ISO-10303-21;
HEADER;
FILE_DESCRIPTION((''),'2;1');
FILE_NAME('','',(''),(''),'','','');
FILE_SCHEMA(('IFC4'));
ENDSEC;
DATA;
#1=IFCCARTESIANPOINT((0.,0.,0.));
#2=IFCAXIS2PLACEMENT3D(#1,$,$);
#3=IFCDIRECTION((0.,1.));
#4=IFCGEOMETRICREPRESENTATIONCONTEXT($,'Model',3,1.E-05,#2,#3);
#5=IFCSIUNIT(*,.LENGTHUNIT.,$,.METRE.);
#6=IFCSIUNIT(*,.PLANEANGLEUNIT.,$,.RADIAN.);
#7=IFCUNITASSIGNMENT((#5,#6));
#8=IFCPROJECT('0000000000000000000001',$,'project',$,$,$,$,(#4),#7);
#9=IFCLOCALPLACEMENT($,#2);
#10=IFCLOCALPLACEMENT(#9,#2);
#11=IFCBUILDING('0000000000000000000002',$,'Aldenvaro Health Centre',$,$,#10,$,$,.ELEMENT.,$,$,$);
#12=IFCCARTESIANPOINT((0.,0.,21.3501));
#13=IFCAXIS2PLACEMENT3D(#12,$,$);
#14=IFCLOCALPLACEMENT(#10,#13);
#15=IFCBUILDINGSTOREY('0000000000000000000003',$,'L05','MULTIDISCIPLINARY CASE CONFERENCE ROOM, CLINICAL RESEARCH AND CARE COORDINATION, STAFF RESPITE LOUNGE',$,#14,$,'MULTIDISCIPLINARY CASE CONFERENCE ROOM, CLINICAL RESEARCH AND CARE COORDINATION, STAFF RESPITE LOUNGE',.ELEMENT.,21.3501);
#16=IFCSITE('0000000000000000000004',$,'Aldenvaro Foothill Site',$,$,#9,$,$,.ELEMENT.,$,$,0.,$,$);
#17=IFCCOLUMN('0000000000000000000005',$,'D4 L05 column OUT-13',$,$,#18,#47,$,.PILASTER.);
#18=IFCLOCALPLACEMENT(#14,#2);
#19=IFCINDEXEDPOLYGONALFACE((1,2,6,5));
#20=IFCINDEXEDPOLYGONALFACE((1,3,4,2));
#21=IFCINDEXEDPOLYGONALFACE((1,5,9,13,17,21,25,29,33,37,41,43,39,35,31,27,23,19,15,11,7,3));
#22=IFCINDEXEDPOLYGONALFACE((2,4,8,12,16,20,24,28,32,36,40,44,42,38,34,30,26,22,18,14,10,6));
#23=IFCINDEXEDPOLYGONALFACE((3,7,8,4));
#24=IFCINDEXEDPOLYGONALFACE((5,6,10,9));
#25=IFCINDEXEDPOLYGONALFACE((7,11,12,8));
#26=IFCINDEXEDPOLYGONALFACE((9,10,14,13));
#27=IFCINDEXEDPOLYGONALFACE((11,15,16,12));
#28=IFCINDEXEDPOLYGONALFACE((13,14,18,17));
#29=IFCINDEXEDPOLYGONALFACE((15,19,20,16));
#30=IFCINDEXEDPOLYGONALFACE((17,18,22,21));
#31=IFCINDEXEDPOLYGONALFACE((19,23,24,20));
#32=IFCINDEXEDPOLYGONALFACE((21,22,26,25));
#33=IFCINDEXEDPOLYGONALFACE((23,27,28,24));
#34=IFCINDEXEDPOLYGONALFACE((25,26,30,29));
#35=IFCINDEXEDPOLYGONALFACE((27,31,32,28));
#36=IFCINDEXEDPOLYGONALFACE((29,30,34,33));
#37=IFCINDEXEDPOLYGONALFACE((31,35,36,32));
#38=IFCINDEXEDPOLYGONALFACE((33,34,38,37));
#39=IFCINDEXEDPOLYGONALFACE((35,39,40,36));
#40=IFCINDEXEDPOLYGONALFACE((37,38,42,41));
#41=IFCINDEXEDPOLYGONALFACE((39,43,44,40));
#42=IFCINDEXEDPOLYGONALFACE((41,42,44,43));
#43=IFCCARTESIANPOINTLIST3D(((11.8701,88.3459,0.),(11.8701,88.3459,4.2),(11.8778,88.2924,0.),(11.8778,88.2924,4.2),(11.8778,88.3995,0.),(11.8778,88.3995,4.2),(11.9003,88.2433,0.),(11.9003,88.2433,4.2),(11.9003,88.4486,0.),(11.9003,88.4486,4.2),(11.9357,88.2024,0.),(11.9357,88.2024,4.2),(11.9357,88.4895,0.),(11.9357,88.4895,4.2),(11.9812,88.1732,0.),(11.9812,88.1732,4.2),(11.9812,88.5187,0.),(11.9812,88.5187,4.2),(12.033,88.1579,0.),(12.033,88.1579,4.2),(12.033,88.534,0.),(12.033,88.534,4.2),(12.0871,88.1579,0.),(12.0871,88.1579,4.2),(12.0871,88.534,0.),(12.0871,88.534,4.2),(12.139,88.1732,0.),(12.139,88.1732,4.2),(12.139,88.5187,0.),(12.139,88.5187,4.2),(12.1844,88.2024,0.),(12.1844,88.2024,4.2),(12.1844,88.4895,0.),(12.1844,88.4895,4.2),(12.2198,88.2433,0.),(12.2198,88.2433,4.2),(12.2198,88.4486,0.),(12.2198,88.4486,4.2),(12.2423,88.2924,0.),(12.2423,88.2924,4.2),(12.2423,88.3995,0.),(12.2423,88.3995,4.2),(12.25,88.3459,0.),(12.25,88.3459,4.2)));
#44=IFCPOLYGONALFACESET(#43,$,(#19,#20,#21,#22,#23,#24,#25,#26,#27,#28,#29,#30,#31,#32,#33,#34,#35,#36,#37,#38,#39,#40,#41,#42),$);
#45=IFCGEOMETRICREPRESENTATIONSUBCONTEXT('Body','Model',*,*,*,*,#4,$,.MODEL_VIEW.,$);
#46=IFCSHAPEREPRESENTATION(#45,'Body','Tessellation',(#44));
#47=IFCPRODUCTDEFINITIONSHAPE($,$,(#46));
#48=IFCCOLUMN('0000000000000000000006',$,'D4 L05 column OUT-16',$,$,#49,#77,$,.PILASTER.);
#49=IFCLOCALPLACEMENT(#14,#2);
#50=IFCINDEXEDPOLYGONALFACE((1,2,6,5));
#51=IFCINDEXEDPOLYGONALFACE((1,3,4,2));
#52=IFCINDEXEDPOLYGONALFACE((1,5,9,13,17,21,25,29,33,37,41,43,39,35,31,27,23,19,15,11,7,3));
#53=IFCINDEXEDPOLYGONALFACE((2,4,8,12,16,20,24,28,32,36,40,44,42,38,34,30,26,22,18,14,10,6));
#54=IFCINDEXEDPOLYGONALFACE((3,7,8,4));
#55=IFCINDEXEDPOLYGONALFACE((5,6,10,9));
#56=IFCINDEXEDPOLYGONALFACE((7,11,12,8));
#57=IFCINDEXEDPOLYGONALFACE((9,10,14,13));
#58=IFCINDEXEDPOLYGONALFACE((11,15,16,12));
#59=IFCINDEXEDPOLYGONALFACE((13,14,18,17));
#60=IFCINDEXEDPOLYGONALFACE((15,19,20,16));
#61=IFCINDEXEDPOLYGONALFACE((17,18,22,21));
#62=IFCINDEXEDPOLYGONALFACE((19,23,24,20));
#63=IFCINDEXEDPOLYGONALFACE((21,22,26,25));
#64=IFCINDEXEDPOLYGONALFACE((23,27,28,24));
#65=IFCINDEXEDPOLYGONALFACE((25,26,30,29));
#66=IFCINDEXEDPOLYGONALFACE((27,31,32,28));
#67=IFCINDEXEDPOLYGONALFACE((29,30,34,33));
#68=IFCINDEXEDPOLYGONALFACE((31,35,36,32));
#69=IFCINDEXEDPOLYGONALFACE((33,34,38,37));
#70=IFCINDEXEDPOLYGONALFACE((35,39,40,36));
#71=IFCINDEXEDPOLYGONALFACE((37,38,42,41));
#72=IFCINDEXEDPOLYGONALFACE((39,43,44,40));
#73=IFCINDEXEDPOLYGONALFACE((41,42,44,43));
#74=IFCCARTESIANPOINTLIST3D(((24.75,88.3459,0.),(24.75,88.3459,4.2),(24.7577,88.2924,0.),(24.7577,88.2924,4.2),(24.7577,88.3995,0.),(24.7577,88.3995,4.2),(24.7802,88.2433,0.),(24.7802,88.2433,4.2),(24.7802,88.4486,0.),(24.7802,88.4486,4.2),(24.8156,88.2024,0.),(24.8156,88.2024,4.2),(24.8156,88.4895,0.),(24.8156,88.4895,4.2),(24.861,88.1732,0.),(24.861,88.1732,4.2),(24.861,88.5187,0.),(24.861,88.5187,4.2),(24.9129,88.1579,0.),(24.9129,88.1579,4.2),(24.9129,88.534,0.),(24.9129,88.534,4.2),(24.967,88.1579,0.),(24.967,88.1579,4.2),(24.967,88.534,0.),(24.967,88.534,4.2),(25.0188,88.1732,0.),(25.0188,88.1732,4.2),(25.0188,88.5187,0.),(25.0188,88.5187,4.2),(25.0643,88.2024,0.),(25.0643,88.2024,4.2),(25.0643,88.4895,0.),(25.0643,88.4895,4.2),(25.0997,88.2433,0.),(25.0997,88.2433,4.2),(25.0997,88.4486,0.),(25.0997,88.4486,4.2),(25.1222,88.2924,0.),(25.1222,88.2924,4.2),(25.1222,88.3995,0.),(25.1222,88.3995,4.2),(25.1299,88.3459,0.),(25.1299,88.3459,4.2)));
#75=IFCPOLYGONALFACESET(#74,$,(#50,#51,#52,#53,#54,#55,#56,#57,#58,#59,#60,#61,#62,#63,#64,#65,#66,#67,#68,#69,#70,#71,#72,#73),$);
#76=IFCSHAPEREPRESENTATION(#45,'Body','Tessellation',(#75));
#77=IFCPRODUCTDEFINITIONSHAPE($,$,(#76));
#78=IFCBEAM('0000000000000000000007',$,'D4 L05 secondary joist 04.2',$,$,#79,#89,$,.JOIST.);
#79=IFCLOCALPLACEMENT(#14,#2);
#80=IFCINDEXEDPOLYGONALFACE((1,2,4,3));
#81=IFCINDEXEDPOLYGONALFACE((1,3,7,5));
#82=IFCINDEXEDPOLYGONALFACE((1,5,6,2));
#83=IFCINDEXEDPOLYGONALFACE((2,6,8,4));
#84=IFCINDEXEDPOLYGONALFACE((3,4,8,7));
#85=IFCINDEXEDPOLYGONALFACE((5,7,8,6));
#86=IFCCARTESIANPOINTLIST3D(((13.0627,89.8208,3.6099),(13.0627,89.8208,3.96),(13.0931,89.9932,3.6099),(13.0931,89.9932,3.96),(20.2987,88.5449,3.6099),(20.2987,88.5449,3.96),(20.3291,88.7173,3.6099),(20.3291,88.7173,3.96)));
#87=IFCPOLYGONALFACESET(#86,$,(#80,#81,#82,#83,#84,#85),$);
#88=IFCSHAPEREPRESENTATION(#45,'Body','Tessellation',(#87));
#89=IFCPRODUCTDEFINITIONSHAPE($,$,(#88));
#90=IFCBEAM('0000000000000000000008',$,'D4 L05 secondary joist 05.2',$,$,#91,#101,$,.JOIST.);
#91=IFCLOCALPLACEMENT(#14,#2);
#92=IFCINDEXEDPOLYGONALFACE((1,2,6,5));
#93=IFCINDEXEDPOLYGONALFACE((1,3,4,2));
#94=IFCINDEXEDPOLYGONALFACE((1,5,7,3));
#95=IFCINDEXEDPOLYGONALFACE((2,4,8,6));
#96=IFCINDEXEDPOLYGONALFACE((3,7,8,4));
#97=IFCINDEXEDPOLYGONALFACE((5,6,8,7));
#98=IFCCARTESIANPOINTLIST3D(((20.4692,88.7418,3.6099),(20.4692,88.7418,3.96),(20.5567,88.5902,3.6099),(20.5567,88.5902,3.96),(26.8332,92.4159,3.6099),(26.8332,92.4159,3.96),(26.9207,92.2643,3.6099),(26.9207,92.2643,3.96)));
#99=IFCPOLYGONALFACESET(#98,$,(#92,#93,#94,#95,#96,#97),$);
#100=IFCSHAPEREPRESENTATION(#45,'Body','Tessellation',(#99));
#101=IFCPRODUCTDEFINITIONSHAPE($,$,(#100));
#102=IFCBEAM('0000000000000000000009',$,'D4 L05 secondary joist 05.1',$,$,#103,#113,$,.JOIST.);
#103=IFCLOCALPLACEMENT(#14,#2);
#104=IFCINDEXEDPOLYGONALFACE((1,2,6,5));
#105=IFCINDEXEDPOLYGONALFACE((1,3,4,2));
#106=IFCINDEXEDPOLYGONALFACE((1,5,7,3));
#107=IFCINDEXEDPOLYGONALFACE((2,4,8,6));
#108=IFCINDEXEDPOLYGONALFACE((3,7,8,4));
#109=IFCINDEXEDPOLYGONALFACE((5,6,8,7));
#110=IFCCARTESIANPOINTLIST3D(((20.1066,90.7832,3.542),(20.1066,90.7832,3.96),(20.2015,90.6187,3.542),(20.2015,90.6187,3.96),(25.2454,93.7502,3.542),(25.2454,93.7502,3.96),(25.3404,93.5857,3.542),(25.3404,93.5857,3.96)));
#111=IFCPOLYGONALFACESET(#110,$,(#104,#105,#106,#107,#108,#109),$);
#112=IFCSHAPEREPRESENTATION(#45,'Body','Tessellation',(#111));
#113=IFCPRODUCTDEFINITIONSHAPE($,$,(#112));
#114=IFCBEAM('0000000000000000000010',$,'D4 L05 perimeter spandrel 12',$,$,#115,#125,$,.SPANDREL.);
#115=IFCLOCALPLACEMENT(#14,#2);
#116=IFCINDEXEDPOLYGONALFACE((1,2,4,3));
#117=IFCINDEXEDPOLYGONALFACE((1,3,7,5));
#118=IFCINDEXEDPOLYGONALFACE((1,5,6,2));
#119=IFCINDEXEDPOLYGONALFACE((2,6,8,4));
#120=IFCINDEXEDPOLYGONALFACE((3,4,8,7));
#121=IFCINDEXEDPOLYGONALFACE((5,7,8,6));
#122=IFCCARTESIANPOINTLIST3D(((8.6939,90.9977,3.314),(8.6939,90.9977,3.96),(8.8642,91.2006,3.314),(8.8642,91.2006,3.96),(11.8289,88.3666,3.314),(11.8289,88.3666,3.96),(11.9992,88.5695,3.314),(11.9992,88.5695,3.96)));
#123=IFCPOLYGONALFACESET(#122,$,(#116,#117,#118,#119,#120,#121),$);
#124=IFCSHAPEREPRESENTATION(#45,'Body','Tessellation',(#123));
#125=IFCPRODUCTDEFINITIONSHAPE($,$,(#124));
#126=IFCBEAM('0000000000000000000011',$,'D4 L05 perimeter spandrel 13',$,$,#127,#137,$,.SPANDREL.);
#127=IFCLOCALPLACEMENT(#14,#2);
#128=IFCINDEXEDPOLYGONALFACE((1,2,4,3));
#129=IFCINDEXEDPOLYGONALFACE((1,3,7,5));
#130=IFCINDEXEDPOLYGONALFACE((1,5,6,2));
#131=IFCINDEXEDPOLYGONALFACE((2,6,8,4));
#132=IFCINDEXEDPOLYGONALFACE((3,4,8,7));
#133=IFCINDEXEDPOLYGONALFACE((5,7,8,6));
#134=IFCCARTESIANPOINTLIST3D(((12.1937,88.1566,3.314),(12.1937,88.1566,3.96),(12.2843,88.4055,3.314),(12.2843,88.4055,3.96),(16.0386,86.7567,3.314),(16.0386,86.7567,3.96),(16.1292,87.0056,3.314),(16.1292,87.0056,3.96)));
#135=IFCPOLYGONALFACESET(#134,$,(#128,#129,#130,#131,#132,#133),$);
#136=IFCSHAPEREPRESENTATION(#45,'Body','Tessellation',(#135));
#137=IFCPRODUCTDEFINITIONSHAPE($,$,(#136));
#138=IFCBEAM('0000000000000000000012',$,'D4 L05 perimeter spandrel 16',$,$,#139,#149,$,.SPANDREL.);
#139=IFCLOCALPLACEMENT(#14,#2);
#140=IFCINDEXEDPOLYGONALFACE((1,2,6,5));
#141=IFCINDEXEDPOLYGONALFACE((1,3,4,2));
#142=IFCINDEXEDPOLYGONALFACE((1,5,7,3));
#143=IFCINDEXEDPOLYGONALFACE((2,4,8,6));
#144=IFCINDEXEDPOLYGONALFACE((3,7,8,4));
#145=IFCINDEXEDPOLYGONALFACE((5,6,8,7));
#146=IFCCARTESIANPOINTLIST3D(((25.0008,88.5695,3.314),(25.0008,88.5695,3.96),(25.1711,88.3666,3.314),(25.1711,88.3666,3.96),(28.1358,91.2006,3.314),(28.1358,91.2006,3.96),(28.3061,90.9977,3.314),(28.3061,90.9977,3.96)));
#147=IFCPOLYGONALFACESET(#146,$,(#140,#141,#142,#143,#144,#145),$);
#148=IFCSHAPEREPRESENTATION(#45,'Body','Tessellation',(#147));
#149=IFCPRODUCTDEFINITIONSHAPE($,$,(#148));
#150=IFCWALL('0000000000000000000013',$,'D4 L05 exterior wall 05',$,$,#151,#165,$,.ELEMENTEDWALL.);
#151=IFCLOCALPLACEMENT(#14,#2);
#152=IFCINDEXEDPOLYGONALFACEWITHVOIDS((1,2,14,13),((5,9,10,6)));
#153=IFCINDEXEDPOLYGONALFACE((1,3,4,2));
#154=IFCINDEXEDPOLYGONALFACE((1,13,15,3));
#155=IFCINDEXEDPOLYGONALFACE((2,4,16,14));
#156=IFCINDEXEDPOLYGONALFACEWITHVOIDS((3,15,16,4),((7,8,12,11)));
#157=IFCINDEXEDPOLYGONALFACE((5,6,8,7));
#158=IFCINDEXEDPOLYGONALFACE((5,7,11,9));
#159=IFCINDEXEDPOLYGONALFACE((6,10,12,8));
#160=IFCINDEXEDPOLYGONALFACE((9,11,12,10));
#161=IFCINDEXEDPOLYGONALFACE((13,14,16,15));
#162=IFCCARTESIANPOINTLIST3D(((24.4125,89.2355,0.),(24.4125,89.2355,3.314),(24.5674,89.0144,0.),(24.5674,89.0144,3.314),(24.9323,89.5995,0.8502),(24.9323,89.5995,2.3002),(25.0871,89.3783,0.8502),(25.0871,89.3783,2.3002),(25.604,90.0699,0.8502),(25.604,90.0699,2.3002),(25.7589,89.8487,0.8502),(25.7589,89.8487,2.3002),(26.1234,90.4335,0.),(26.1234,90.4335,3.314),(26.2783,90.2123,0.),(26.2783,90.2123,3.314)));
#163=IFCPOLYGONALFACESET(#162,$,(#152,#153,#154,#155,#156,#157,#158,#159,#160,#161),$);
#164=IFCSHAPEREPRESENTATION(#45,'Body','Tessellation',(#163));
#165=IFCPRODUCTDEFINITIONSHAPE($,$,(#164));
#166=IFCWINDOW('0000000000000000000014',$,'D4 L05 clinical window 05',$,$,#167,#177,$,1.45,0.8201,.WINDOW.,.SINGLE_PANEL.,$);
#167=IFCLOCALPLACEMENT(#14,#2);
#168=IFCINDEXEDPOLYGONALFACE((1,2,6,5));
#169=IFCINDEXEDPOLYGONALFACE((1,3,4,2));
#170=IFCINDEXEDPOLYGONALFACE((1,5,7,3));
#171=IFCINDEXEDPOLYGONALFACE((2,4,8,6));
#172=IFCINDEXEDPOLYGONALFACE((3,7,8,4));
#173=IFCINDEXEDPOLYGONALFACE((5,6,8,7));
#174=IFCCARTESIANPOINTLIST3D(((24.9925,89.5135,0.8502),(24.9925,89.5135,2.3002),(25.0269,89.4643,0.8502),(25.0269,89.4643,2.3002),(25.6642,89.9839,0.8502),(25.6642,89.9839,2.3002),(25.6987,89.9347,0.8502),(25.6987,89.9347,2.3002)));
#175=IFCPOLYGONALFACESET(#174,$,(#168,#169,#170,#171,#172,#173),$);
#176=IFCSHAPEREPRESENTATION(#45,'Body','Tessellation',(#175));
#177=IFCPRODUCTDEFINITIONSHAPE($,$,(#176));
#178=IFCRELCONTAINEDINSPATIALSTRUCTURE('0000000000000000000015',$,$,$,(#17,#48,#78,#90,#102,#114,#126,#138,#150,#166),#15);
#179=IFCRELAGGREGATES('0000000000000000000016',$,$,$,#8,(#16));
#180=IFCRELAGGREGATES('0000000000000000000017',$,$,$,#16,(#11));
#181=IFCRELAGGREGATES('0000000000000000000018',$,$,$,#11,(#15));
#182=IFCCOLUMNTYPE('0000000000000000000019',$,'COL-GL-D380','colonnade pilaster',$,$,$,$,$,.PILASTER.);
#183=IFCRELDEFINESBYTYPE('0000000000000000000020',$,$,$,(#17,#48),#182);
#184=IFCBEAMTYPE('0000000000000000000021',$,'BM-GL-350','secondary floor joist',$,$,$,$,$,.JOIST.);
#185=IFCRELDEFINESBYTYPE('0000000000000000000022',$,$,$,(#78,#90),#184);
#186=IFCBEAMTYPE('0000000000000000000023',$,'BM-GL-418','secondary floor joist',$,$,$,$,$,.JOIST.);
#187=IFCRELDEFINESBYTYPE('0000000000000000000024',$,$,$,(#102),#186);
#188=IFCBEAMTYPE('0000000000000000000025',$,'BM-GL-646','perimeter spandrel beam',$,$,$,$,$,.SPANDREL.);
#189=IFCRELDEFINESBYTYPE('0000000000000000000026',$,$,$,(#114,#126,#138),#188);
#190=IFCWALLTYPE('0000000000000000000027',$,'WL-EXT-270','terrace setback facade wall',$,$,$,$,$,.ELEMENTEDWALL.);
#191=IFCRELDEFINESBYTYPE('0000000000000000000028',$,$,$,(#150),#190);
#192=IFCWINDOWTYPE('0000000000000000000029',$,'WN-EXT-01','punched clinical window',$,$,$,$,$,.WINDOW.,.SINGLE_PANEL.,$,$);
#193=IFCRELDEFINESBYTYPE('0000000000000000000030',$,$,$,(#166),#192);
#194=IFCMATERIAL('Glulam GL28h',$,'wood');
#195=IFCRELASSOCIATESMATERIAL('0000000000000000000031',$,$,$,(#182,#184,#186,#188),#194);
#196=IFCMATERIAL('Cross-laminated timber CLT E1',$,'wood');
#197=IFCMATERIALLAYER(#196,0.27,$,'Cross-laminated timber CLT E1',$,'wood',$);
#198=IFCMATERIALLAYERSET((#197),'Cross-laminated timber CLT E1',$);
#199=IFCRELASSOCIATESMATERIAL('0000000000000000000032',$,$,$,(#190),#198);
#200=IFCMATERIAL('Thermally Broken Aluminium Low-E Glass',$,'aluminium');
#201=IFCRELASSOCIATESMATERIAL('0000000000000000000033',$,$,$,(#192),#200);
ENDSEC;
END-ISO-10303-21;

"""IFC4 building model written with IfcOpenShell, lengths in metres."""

from ifc_helpers import new_model, si_unit, direction, frame, frame_2d, origin, origin_2d, place, context, subcontext, project, spatial, rectangle, circle, extrude, material, layer, layer_set, material_profile, profile_set, type_object, element, fill, save


model = new_model("IFC4")

# Units and contexts
model_context = context("Model", 3, precision=1e-05, world=origin(), true_north=direction((0.0, 1.0)))
body_context = subcontext(model_context, "Body", "Model", "MODEL_VIEW")
ifc_project = project(units=[si_unit("LENGTHUNIT", "METRE"), si_unit("PLANEANGLEUNIT", "RADIAN")], contexts=[model_context])

# Site, building, storey
site_placement = place(None, origin())
site = spatial("IfcSite", under=ifc_project, at=site_placement, Name="Aldenvaro Foothill Site", CompositionType="ELEMENT", RefElevation=0.0)
building_placement = place(site_placement, origin())
building = spatial("IfcBuilding", under=site, at=building_placement, Name="Aldenvaro Health Centre", CompositionType="ELEMENT")
storey_placement = place(building_placement, frame((0.0, 0.0, 21.3501)))
storey = spatial("IfcBuildingStorey", under=building, at=storey_placement, Name="L05", Description="MULTIDISCIPLINARY CASE CONFERENCE ROOM, CLINICAL RESEARCH AND CARE COORDINATION, STAFF RESPITE LOUNGE", LongName="MULTIDISCIPLINARY CASE CONFERENCE ROOM, CLINICAL RESEARCH AND CARE COORDINATION, STAFF RESPITE LOUNGE", CompositionType="ELEMENT", Elevation=21.3501)

# Columns
ifc_material_1 = material(Name="Glulam GL28h", Category="wood")
ifc_material_profile_1 = material_profile(ifc_material_1, circle(Radius=0.1899, at=origin_2d()), Name="GL D380", Category="wood")
ifc_profile_set_1 = profile_set([ifc_material_profile_1], Name="Glulam GL28h")
column_type = type_object("IfcColumnType", Name="COL-GL-D380", Description="colonnade pilaster", PredefinedType="PILASTER", material=ifc_profile_set_1)
for number, where, z_axis, x_axis, name in (
    (1, (12.0601, 88.3459, 0.0), (0.0, 0.0, 1.0), (1.0, 0.0, 0.0), "D4 L05 column OUT-13"),
    (2, (24.9399, 88.3459, 0.0), (0.0, 0.0, 1.0), (1.0, 0.0, 0.0), "D4 L05 column OUT-16"),
):
    element("IfcColumn", number, at=place(storey_placement, frame(where, z_axis=z_axis, x_axis=x_axis)), inside=storey, type_object=column_type, Name=name, PredefinedType="PILASTER", context=body_context, shape_type="SweptSolid", body=[
        extrude(circle(Radius=0.1899, at=origin_2d()), origin(), (0.0, 0.0, 1.0), 4.2),
    ])

# Beams
ifc_material_profile_2 = material_profile(ifc_material_1, rectangle(XDim=0.175, YDim=0.3501, at=origin_2d()), Name="GL 175x350", Category="wood")
ifc_profile_set_2 = profile_set([ifc_material_profile_2], Name="Glulam GL28h")
beam_type_1 = type_object("IfcBeamType", Name="BM-GL-350", Description="secondary floor joist", PredefinedType="JOIST", material=ifc_profile_set_2)
beam_1_placement = place(storey_placement, frame((13.0779, 89.907, 3.7849), z_axis=(0.984809, -0.173643, 0.0), x_axis=(0.173643, 0.984809, 0.0)))
element("IfcBeam", 3, at=beam_1_placement, inside=storey, type_object=beam_type_1, Name="D4 L05 secondary joist 04.2", PredefinedType="JOIST", context=body_context, shape_type="SweptSolid", body=[
    extrude(rectangle(XDim=0.175, YDim=0.3501, at=origin_2d()), origin(), (0.0, 0.0, 1.0), 7.3477),
])
beam_2_placement = place(storey_placement, frame((20.5129, 88.666, 3.7849), z_axis=(0.866037, 0.49998, 0.0), x_axis=(-0.49998, 0.866037, 0.0)))
element("IfcBeam", 4, at=beam_2_placement, inside=storey, type_object=beam_type_1, Name="D4 L05 secondary joist 05.2", PredefinedType="JOIST", context=body_context, shape_type="SweptSolid", body=[
    extrude(rectangle(XDim=0.175, YDim=0.3501, at=origin_2d()), origin(), (0.0, 0.0, 1.0), 7.3484),
])
ifc_material_profile_3 = material_profile(ifc_material_1, rectangle(XDim=0.1899, YDim=0.418, at=origin_2d()), Name="GL 190x418", Category="wood")
ifc_profile_set_3 = profile_set([ifc_material_profile_3], Name="Glulam GL28h")
beam_type_2 = type_object("IfcBeamType", Name="BM-GL-418", Description="secondary floor joist", PredefinedType="JOIST", material=ifc_profile_set_3)
beam_3_placement = place(storey_placement, frame((20.1541, 90.7009, 3.751), z_axis=(0.866019, 0.500011, 0.0), x_axis=(-0.500011, 0.866019, 0.0)))
element("IfcBeam", 5, at=beam_3_placement, inside=storey, type_object=beam_type_2, Name="D4 L05 secondary joist 05.1", PredefinedType="JOIST", context=body_context, shape_type="SweptSolid", body=[
    extrude(rectangle(XDim=0.1899, YDim=0.418, at=origin_2d()), origin(), (0.0, 0.0, 1.0), 5.9338),
])
ifc_material_profile_4 = material_profile(ifc_material_1, rectangle(XDim=0.2649, YDim=0.646, at=origin_2d()), Name="GL 265x646", Category="wood")
ifc_profile_set_4 = profile_set([ifc_material_profile_4], Name="Glulam GL28h")
beam_type_3 = type_object("IfcBeamType", Name="BM-GL-646", Description="perimeter spandrel beam", PredefinedType="SPANDREL", material=ifc_profile_set_4)
beam_4_placement = place(storey_placement, frame((8.7791, 91.0991, 3.637), z_axis=(0.765982, -0.642862, 0.0), x_axis=(0.642862, 0.765982, 0.0)))
element("IfcBeam", 6, at=beam_4_placement, inside=storey, type_object=beam_type_3, Name="D4 L05 perimeter spandrel 12", PredefinedType="SPANDREL", context=body_context, shape_type="SweptSolid", body=[
    extrude(rectangle(XDim=0.2649, YDim=0.646, at=origin_2d()), origin(), (0.0, 0.0, 1.0), 4.0928),
])
beam_5_placement = place(storey_placement, frame((12.239, 88.281, 3.637), z_axis=(0.939657, -0.342117, 0.0), x_axis=(0.342117, 0.939657, 0.0)))
element("IfcBeam", 7, at=beam_5_placement, inside=storey, type_object=beam_type_3, Name="D4 L05 perimeter spandrel 13", PredefinedType="SPANDREL", context=body_context, shape_type="SweptSolid", body=[
    extrude(rectangle(XDim=0.2649, YDim=0.646, at=origin_2d()), origin(), (0.0, 0.0, 1.0), 4.0918),
])
beam_6_placement = place(storey_placement, frame((25.0859, 88.468, 3.637), z_axis=(0.765982, 0.642862, 0.0), x_axis=(-0.642862, 0.765982, 0.0)))
element("IfcBeam", 8, at=beam_6_placement, inside=storey, type_object=beam_type_3, Name="D4 L05 perimeter spandrel 16", PredefinedType="SPANDREL", context=body_context, shape_type="SweptSolid", body=[
    extrude(rectangle(XDim=0.2649, YDim=0.646, at=origin_2d()), origin(), (0.0, 0.0, 1.0), 4.0928),
])

# Wall, opening, window
ifc_material_2 = material(Name="Cross-laminated timber CLT E1", Category="wood")
ifc_layer = layer(ifc_material_2, 0.27, Name="Cross-laminated timber CLT E1", Category="wood")
ifc_layer_set = layer_set([ifc_layer], Name="Cross-laminated timber CLT E1")
wall_type = type_object("IfcWallType", Name="WL-EXT-270", Description="terrace setback facade wall", PredefinedType="ELEMENTEDWALL", material=ifc_layer_set)
wall_1_placement = place(storey_placement, frame((26.2009, 90.323, 0.0), z_axis=(0.0, 0.0, 1.0), x_axis=(-0.819155, -0.573572, 0.0)))
wall_1 = element("IfcWall", 9, at=wall_1_placement, inside=storey, type_object=wall_type, Name="D4 L05 exterior wall 05", PredefinedType="ELEMENTEDWALL", context=body_context, shape_type="SweptSolid", body=[
    extrude(rectangle(XDim=2.0886, YDim=0.27, at=frame_2d((1.0444, 0.0))), origin(), (0.0, 0.0, 1.0), 3.314),
])
opening_1_placement = place(wall_1_placement, frame((0.634, 0.0, 0.8501)))
opening_1 = element("IfcOpeningElement", 10, at=opening_1_placement, cuts=wall_1, PredefinedType="OPENING", context=body_context, shape_type="SweptSolid", body=[
    extrude(rectangle(XDim=0.8201, YDim=1.45, at=frame_2d((0.4102, 0.7251))), frame((0.0, 0.145, 0.0), z_axis=(0.0, -1.0, 0.0), x_axis=(1.0, 0.0, 0.0)), (0.0, 0.0, 1.0), 0.29),
])
ifc_material_3 = material(Name="Thermally Broken Aluminium Low-E Glass", Category="aluminium")
window_type_1 = type_object("IfcWindowType", Name="WN-EXT-01", Description="punched clinical window", PartitioningType="SINGLE_PANEL", PredefinedType="WINDOW", material=ifc_material_3)
window_1_placement = place(opening_1_placement, origin())
window_1 = element("IfcWindow", 11, at=window_1_placement, inside=storey, type_object=window_type_1, Name="D4 L05 clinical window 05", OverallHeight=1.45, OverallWidth=0.8201, PartitioningType="SINGLE_PANEL", PredefinedType="WINDOW", context=body_context, shape_type="SweptSolid", body=[
    extrude(rectangle(XDim=0.8201, YDim=1.45, at=frame_2d((0.4102, 0.7251))), frame((0.0, 0.03, 0.0), z_axis=(0.0, -1.0, 0.0), x_axis=(1.0, 0.0, 0.0)), (0.0, 0.0, 1.0), 0.0601),
])
fill(opening_1, window_1)

save(model, "model.ifc")
